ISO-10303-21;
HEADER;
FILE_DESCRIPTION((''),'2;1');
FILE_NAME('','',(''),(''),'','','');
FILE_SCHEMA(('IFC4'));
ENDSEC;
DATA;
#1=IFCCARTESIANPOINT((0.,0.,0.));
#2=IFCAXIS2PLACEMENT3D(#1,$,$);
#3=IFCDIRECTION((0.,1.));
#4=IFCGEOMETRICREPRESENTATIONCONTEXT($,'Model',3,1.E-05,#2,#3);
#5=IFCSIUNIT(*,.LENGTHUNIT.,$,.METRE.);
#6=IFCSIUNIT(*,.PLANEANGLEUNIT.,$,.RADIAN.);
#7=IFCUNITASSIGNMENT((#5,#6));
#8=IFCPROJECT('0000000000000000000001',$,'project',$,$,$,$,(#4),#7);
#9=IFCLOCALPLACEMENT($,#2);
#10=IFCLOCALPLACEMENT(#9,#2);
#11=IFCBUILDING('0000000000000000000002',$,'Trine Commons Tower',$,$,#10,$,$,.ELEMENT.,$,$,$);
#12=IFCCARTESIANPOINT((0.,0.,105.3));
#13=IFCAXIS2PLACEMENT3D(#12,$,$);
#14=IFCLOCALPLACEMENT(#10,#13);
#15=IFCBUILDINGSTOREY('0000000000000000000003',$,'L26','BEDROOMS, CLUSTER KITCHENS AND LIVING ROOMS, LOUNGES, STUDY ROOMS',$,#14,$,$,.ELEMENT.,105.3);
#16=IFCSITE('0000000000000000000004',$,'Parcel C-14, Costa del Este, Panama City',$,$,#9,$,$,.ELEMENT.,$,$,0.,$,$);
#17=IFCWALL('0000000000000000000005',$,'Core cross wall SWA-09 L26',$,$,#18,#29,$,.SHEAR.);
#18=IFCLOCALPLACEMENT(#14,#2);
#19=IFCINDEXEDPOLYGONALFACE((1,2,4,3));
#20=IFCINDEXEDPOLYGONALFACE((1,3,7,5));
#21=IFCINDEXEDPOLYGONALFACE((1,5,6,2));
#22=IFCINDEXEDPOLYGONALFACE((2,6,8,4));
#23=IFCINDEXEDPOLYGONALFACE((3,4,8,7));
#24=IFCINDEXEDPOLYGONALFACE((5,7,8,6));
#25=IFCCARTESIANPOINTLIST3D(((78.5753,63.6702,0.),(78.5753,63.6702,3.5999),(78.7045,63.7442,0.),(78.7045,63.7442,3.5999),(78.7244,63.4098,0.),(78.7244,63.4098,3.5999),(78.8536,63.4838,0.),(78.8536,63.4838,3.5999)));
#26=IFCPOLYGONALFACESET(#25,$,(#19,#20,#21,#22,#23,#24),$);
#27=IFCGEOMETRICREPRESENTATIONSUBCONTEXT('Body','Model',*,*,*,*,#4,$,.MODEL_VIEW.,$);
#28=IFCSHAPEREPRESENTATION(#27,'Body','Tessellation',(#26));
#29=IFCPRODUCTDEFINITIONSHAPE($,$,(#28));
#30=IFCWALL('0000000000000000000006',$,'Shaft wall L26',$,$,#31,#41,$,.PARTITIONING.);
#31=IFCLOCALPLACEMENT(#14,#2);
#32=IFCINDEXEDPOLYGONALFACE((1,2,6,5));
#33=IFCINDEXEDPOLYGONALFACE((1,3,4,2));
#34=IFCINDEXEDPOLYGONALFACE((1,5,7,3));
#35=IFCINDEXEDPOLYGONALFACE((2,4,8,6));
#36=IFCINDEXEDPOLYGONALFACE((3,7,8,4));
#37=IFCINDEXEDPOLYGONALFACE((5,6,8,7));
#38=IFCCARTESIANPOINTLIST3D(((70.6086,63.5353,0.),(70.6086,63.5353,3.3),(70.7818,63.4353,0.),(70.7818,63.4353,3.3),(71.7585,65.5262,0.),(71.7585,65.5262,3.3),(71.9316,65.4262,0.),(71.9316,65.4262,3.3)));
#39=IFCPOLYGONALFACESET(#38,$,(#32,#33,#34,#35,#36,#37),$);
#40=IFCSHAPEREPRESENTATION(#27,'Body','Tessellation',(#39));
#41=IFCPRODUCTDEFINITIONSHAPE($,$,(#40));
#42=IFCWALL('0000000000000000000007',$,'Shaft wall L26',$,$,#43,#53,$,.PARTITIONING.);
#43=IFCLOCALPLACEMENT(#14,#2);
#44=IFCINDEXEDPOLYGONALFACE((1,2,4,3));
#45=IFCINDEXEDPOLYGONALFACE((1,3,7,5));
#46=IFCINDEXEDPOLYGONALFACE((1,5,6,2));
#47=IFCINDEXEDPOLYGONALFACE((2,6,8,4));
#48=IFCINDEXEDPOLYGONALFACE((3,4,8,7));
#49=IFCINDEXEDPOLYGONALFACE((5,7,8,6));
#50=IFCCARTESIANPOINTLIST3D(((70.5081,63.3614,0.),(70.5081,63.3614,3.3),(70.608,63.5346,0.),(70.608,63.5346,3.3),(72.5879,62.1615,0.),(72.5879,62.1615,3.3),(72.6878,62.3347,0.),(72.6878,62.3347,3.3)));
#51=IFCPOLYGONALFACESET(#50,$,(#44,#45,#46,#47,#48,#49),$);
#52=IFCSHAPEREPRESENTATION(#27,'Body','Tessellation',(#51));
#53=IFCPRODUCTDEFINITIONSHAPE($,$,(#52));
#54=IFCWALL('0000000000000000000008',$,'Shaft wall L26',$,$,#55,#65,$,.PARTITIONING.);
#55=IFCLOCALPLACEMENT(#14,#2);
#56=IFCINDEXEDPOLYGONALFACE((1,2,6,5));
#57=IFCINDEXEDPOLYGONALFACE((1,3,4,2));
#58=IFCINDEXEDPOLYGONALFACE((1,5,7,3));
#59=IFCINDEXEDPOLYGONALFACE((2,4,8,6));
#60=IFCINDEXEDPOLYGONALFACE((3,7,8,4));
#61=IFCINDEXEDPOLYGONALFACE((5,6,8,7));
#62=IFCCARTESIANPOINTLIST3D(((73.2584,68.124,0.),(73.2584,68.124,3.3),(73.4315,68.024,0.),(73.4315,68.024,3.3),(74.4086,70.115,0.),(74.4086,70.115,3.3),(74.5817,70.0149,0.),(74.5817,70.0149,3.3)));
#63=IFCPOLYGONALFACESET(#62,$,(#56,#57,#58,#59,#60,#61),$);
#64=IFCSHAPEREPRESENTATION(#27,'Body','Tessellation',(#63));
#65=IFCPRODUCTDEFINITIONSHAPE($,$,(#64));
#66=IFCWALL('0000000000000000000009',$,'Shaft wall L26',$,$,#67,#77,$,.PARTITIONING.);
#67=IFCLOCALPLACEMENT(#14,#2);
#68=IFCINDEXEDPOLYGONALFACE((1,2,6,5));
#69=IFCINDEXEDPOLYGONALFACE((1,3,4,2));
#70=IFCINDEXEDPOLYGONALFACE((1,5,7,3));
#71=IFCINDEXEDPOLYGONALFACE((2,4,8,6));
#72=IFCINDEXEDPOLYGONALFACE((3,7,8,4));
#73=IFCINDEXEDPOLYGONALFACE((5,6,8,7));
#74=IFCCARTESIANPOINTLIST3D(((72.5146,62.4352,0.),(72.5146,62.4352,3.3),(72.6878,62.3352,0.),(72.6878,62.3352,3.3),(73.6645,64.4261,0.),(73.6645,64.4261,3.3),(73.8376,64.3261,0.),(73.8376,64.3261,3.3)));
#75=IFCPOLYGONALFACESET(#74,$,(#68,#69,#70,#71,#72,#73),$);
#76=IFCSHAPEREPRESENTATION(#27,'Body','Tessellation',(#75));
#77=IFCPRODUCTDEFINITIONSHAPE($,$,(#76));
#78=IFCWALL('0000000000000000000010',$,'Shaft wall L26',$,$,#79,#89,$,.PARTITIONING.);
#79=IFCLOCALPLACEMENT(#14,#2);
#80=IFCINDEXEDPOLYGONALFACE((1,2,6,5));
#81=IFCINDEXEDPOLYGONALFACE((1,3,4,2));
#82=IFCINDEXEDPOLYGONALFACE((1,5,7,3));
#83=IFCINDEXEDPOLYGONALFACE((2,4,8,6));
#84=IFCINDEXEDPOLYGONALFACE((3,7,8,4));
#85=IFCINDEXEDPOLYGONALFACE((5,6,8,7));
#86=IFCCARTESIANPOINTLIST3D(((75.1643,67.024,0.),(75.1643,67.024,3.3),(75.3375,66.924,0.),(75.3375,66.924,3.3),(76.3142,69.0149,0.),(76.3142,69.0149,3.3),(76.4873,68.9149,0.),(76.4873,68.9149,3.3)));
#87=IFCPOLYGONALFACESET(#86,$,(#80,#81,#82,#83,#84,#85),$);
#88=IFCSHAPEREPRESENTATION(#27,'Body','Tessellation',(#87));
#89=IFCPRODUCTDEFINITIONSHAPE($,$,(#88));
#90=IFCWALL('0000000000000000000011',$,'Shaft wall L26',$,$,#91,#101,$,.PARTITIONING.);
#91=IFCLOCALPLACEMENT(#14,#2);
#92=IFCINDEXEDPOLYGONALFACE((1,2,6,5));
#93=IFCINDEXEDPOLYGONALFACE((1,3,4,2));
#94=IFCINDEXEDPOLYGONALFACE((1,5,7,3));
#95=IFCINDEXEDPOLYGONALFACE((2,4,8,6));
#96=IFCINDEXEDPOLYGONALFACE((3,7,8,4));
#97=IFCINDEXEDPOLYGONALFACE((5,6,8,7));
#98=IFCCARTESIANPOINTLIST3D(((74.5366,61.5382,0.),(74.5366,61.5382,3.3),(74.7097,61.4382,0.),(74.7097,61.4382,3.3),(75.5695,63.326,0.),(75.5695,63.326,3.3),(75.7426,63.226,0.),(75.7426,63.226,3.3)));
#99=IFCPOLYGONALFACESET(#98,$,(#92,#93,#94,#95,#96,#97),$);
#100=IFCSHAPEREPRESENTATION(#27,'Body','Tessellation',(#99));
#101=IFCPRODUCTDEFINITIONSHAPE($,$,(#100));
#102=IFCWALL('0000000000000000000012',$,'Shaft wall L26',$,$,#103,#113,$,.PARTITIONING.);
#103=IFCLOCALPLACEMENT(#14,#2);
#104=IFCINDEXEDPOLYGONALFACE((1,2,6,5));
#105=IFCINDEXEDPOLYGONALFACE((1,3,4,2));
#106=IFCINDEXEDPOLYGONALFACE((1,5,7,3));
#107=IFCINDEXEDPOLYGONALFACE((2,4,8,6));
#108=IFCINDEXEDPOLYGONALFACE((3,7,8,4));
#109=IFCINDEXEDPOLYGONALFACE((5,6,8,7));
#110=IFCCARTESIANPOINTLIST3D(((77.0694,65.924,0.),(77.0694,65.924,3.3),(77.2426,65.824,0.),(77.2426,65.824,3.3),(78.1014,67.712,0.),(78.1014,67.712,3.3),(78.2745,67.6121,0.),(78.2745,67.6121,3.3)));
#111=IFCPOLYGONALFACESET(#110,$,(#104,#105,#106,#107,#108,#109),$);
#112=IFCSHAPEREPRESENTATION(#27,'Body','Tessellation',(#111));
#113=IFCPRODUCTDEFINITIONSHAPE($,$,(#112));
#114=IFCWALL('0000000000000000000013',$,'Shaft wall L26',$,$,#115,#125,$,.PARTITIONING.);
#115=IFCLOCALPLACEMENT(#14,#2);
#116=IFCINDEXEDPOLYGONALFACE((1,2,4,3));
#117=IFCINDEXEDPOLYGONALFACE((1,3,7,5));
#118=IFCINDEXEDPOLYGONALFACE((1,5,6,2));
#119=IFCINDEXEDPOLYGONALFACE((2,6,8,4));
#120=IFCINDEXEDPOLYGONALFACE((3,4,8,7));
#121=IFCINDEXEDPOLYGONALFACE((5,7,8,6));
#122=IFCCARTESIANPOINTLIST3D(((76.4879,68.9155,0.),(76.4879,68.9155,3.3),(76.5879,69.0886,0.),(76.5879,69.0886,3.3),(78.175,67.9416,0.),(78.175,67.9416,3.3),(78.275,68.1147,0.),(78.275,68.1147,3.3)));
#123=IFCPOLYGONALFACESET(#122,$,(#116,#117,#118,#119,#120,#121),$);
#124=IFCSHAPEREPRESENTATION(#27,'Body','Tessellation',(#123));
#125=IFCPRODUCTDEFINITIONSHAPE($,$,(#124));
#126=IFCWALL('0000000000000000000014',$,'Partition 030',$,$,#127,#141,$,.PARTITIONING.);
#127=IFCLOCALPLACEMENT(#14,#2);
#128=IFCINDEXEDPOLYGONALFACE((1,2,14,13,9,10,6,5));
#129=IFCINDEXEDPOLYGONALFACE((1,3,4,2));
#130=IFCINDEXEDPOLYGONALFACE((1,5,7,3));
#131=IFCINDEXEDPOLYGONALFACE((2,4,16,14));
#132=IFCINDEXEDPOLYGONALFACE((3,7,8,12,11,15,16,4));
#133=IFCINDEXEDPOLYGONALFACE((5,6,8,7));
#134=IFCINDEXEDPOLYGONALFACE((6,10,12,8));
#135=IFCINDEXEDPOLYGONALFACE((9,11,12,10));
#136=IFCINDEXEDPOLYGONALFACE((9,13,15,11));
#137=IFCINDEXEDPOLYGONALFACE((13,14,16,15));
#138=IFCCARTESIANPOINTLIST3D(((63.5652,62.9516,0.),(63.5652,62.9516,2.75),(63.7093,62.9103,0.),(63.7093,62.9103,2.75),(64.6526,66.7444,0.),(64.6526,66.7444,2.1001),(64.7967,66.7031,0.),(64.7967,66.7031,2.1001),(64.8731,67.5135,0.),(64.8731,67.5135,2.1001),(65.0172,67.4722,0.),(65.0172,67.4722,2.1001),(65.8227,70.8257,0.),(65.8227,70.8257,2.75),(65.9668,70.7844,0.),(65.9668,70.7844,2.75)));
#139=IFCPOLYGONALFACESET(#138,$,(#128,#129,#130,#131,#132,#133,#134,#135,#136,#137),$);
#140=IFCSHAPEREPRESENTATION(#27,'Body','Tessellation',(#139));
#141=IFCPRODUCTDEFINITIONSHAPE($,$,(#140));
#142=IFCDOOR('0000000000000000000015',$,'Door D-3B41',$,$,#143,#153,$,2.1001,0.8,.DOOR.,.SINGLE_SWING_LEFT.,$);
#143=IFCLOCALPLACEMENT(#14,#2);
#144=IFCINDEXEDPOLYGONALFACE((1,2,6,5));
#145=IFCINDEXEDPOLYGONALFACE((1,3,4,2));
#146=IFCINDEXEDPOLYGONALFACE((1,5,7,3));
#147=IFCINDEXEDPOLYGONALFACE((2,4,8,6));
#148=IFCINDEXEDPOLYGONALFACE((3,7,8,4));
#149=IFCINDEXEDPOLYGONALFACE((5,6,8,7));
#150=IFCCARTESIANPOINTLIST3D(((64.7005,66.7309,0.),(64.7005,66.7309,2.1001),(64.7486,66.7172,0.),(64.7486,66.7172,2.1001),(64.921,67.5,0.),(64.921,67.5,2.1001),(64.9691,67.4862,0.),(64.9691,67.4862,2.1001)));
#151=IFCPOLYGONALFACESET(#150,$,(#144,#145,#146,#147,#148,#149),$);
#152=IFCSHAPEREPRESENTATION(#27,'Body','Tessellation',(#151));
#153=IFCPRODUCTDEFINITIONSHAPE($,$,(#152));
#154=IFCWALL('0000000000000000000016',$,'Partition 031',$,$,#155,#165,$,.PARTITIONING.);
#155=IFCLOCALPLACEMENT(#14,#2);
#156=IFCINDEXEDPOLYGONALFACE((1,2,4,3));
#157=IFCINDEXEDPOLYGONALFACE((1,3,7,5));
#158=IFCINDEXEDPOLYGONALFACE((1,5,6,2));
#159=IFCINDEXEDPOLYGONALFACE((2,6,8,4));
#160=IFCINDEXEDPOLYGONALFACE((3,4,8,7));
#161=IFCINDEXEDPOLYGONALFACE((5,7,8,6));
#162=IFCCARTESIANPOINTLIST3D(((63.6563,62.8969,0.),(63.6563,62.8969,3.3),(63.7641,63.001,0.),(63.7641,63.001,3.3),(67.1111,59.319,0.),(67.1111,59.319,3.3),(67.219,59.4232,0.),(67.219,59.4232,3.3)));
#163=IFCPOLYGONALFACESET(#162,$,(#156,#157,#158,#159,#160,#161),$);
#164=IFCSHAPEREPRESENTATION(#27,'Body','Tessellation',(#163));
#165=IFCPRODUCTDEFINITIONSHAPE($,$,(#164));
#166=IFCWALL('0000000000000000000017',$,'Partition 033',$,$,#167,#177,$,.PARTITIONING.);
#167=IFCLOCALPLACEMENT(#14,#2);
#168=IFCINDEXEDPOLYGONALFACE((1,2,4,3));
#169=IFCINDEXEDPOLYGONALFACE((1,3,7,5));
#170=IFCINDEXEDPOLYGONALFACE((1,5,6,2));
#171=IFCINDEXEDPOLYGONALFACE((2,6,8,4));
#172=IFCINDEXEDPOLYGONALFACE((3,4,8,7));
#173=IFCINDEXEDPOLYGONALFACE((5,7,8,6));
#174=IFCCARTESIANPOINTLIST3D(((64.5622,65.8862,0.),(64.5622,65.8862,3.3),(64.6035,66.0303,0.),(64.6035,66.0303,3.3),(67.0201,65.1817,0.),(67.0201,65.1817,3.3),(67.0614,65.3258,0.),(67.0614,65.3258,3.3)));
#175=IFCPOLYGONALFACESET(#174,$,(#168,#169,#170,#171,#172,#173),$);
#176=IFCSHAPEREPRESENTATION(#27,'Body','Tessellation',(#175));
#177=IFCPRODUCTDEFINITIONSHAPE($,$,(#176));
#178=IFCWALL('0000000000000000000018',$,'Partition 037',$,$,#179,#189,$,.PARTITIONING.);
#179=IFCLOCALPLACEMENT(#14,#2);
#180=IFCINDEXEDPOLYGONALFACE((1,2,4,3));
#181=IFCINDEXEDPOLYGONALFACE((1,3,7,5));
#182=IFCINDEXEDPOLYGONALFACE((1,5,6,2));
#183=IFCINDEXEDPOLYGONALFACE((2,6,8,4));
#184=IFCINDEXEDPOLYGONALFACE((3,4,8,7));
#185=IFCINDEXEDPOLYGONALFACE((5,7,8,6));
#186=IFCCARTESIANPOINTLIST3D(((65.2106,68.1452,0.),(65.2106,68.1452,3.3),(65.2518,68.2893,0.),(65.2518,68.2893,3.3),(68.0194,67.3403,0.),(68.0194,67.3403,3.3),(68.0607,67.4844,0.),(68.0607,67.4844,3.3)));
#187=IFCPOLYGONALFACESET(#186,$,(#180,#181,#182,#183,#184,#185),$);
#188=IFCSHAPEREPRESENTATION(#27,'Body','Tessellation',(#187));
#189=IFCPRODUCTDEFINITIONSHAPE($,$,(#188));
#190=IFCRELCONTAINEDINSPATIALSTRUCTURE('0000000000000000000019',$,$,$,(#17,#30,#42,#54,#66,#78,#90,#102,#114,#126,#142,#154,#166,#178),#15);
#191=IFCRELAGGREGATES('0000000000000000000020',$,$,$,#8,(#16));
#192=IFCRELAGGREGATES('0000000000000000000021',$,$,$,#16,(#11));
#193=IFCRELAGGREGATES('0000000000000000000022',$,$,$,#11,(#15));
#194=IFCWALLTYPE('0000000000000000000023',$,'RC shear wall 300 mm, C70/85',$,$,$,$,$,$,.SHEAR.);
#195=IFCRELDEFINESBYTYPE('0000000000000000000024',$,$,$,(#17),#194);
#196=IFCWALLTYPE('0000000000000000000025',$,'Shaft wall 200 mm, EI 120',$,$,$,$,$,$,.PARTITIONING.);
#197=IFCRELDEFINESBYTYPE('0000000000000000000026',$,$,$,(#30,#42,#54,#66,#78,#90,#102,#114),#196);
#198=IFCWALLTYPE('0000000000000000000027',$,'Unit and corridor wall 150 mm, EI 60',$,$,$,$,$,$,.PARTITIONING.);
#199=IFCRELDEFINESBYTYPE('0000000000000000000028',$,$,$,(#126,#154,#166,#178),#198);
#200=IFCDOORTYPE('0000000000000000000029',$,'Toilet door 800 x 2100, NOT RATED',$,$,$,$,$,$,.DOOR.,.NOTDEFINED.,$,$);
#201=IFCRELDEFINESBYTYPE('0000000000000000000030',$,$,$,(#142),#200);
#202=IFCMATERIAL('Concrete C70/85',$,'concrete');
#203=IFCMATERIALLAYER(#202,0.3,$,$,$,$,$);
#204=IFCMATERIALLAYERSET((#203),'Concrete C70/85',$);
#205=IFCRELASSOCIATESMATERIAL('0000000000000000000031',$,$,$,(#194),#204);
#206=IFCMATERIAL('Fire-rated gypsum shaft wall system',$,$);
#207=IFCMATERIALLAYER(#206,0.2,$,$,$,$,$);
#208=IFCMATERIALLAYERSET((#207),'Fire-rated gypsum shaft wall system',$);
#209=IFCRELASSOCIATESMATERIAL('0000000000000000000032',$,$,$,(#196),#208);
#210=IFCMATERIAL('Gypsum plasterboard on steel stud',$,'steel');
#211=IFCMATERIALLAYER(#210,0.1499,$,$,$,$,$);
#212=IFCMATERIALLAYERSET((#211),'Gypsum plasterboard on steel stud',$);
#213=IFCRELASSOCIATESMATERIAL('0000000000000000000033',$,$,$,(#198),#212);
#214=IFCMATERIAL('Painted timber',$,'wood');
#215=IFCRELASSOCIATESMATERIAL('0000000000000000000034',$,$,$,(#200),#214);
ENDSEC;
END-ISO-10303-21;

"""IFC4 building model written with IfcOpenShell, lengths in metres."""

from ifc_helpers import new_model, si_unit, direction, frame, frame_2d, origin, place, context, subcontext, project, spatial, rectangle, extrude, material, layer, layer_set, type_object, element, fill, save


model = new_model("IFC4")

# Units and contexts
model_context = context("Model", 3, precision=1e-05, world=origin(), true_north=direction((0.0, 1.0)))
body_context = subcontext(model_context, "Body", "Model", "MODEL_VIEW")
ifc_project = project(units=[si_unit("LENGTHUNIT", "METRE"), si_unit("PLANEANGLEUNIT", "RADIAN")], contexts=[model_context])

# Site, building, storey
site_placement = place(None, origin())
site = spatial("IfcSite", under=ifc_project, at=site_placement, Name="Parcel C-14, Costa del Este, Panama City", CompositionType="ELEMENT", RefElevation=0.0)
building_placement = place(site_placement, origin())
building = spatial("IfcBuilding", under=site, at=building_placement, Name="Trine Commons Tower", CompositionType="ELEMENT")
storey_placement = place(building_placement, frame((0.0, 0.0, 105.3)))
storey = spatial("IfcBuildingStorey", under=building, at=storey_placement, Name="L26", Description="BEDROOMS, CLUSTER KITCHENS AND LIVING ROOMS, LOUNGES, STUDY ROOMS", CompositionType="ELEMENT", Elevation=105.3)

# Shared definitions
ifc_material_1 = material(Name="Fire-rated gypsum shaft wall system")
ifc_material_2 = material(Name="Concrete C70/85", Category="concrete")
ifc_layer_1 = layer(ifc_material_2, 0.3)
ifc_layer_set_1 = layer_set([ifc_layer_1], Name="Concrete C70/85")
wall_type_1 = type_object("IfcWallType", Name="RC shear wall 300 mm, C70/85", PredefinedType="SHEAR", material=ifc_layer_set_1)

# Walls
wall_1_placement = place(storey_placement, frame((78.7791, 63.614, 0.0), z_axis=(0.0, 0.0, 1.0), x_axis=(-0.867738, -0.497022, 0.0)))
element("IfcWall", 1, at=wall_1_placement, inside=storey, type_object=wall_type_1, Name="Core cross wall SWA-09 L26", PredefinedType="SHEAR", context=body_context, shape_type="SweptSolid", body=[
    extrude(rectangle(XDim=0.1489, YDim=0.3, at=frame_2d((0.0745, 0.0))), origin(), (0.0, 0.0, 1.0), 3.5999),
])
ifc_layer_2 = layer(ifc_material_1, 0.2)
ifc_layer_set_2 = layer_set([ifc_layer_2], Name="Fire-rated gypsum shaft wall system")
wall_type_2 = type_object("IfcWallType", Name="Shaft wall 200 mm, EI 120", PredefinedType="PARTITIONING", material=ifc_layer_set_2)
wall_2_placement = place(storey_placement, frame((71.845, 65.4761, 0.0), z_axis=(0.0, 0.0, 1.0), x_axis=(-0.500136, -0.865947, 0.0)))
element("IfcWall", 2, at=wall_2_placement, inside=storey, type_object=wall_type_2, Name="Shaft wall L26", PredefinedType="PARTITIONING", context=body_context, shape_type="SweptSolid", body=[
    extrude(rectangle(XDim=2.2991, YDim=0.2, at=frame_2d((1.1494, 0.0))), origin(), (0.0, 0.0, 1.0), 3.3),
])
wall_3_placement = place(storey_placement, frame((72.6379, 62.248, 0.0), z_axis=(0.0, 0.0, 1.0), x_axis=(-0.866177, 0.499737, 0.0)))
element("IfcWall", 3, at=wall_3_placement, inside=storey, type_object=wall_type_2, Name="Shaft wall L26", PredefinedType="PARTITIONING", context=body_context, shape_type="SweptSolid", body=[
    extrude(rectangle(XDim=2.4011, YDim=0.2, at=frame_2d((1.2007, 0.0))), origin(), (0.0, 0.0, 1.0), 3.3),
])
wall_4_placement = place(storey_placement, frame((73.345, 68.074, 0.0), z_axis=(0.0, 0.0, 1.0), x_axis=(0.500216, 0.865901, 0.0)))
element("IfcWall", 4, at=wall_4_placement, inside=storey, type_object=wall_type_2, Name="Shaft wall L26", PredefinedType="PARTITIONING", context=body_context, shape_type="SweptSolid", body=[
    extrude(rectangle(XDim=2.2993, YDim=0.2, at=frame_2d((1.1497, 0.0))), origin(), (0.0, 0.0, 1.0), 3.3),
])
for number, where, z_axis, x_axis, name in (
    (5, (73.751, 64.376, 0.0), (0.0, 0.0, 1.0), (-0.500136, -0.865947, 0.0), "Shaft wall L26"),
    (6, (75.251, 66.9741, 0.0), (0.0, 0.0, 1.0), (0.500136, 0.865947, 0.0), "Shaft wall L26"),
):
    element("IfcWall", number, at=place(storey_placement, frame(where, z_axis=z_axis, x_axis=x_axis)), inside=storey, type_object=wall_type_2, Name=name, PredefinedType="PARTITIONING", context=body_context, shape_type="SweptSolid", body=[
        extrude(rectangle(XDim=2.2991, YDim=0.2, at=frame_2d((1.1494, 0.0))), origin(), (0.0, 0.0, 1.0), 3.3),
    ])
wall_5_placement = place(storey_placement, frame((75.656, 63.2759, 0.0), z_axis=(0.0, 0.0, 1.0), x_axis=(-0.500272, -0.865868, 0.0)))
element("IfcWall", 7, at=wall_5_placement, inside=storey, type_object=wall_type_2, Name="Shaft wall L26", PredefinedType="PARTITIONING", context=body_context, shape_type="SweptSolid", body=[
    extrude(rectangle(XDim=2.0647, YDim=0.2, at=frame_2d((1.0322, 0.0))), origin(), (0.0, 0.0, 1.0), 3.3),
])
wall_6_placement = place(storey_placement, frame((77.156, 65.874, 0.0), z_axis=(0.0, 0.0, 1.0), x_axis=(0.499866, 0.866103, 0.0)))
element("IfcWall", 8, at=wall_6_placement, inside=storey, type_object=wall_type_2, Name="Shaft wall L26", PredefinedType="PARTITIONING", context=body_context, shape_type="SweptSolid", body=[
    extrude(rectangle(XDim=2.0645, YDim=0.2, at=frame_2d((1.0322, 0.0))), origin(), (0.0, 0.0, 1.0), 3.3),
])
wall_7_placement = place(storey_placement, frame((78.2251, 68.0281, 0.0), z_axis=(0.0, 0.0, 1.0), x_axis=(-0.866052, 0.499954, 0.0)))
element("IfcWall", 9, at=wall_7_placement, inside=storey, type_object=wall_type_2, Name="Shaft wall L26", PredefinedType="PARTITIONING", context=body_context, shape_type="SweptSolid", body=[
    extrude(rectangle(XDim=1.948, YDim=0.2, at=frame_2d((0.9741, 0.0))), origin(), (0.0, 0.0, 1.0), 3.3),
])

# Wall, opening, door
ifc_material_3 = material(Name="Gypsum plasterboard on steel stud", Category="steel")
ifc_layer_3 = layer(ifc_material_3, 0.1499)
ifc_layer_set_3 = layer_set([ifc_layer_3], Name="Gypsum plasterboard on steel stud")
wall_type_3 = type_object("IfcWallType", Name="Unit and corridor wall 150 mm, EI 60", PredefinedType="PARTITIONING", material=ifc_layer_set_3)
wall_8_placement = place(storey_placement, frame((63.6372, 62.9309, 0.0), z_axis=(0.0, 0.0, 1.0), x_axis=(0.275599, 0.961273, 0.0)))
wall_8 = element("IfcWall", 10, at=wall_8_placement, inside=storey, type_object=wall_type_3, Name="Partition 030", PredefinedType="PARTITIONING", context=body_context, shape_type="SweptSolid", body=[
    extrude(rectangle(XDim=8.1914, YDim=0.1499, at=frame_2d((4.0957, 0.0))), origin(), (0.0, 0.0, 1.0), 2.75),
])
opening_1_placement = place(wall_8_placement, frame((3.9458, 0.0, 0.0)))
opening_1 = element("IfcOpeningElement", 11, at=opening_1_placement, cuts=wall_8, PredefinedType="OPENING", context=body_context, shape_type="SweptSolid", body=[
    extrude(rectangle(XDim=0.8, YDim=2.1001, at=frame_2d((0.3999, 1.05))), frame((0.0, 0.085, 0.0), z_axis=(0.0, -1.0, 0.0), x_axis=(1.0, 0.0, 0.0)), (0.0, 0.0, 1.0), 0.1699),
])
ifc_material_4 = material(Name="Painted timber", Category="wood")
door_type_1 = type_object("IfcDoorType", Name="Toilet door 800 x 2100, NOT RATED", OperationType="NOTDEFINED", PredefinedType="DOOR", material=ifc_material_4)
door_1_placement = place(opening_1_placement, frame((0.8, 0.0, 0.0), z_axis=(0.0, 0.0, 1.0), x_axis=(-1.0, 0.0, 0.0)))
door_1 = element("IfcDoor", 12, at=door_1_placement, inside=storey, type_object=door_type_1, Name="Door D-3B41", OperationType="SINGLE_SWING_LEFT", OverallHeight=2.1001, OverallWidth=0.8, PredefinedType="DOOR", context=body_context, shape_type="SweptSolid", body=[
    extrude(rectangle(XDim=0.8, YDim=2.1001, at=frame_2d((0.3999, 1.05))), frame((0.0, 0.0249, 0.0), z_axis=(0.0, -1.0, 0.0), x_axis=(1.0, 0.0, 0.0)), (0.0, 0.0, 1.0), 0.05),
])
fill(opening_1, door_1)

# Walls
wall_9_placement = place(storey_placement, frame((63.7102, 62.949, 0.0), z_axis=(0.0, 0.0, 1.0), x_axis=(0.694629, -0.719368, 0.0)))
element("IfcWall", 13, at=wall_9_placement, inside=storey, type_object=wall_type_3, Name="Partition 031", PredefinedType="PARTITIONING", context=body_context, shape_type="SweptSolid", body=[
    extrude(rectangle(XDim=4.9736, YDim=0.1499, at=frame_2d((2.4868, 0.0))), origin(), (0.0, 0.0, 1.0), 3.3),
])
wall_10_placement = place(storey_placement, frame((64.583, 65.9583, 0.0), z_axis=(0.0, 0.0, 1.0), x_axis=(0.961286, -0.275553, 0.0)))
element("IfcWall", 14, at=wall_10_placement, inside=storey, type_object=wall_type_3, Name="Partition 033", PredefinedType="PARTITIONING", context=body_context, shape_type="SweptSolid", body=[
    extrude(rectangle(XDim=2.5569, YDim=0.1499, at=frame_2d((1.2783, 0.0))), origin(), (0.0, 0.0, 1.0), 3.3),
])
wall_11_placement = place(storey_placement, frame((65.2312, 68.2173, 0.0), z_axis=(0.0, 0.0, 1.0), x_axis=(0.961306, -0.275483, 0.0)))
element("IfcWall", 15, at=wall_11_placement, inside=storey, type_object=wall_type_3, Name="Partition 037", PredefinedType="PARTITIONING", context=body_context, shape_type="SweptSolid", body=[
    extrude(rectangle(XDim=2.9219, YDim=0.1499, at=frame_2d((1.4609, 0.0))), origin(), (0.0, 0.0, 1.0), 3.3),
])

save(model, "model.ifc")
